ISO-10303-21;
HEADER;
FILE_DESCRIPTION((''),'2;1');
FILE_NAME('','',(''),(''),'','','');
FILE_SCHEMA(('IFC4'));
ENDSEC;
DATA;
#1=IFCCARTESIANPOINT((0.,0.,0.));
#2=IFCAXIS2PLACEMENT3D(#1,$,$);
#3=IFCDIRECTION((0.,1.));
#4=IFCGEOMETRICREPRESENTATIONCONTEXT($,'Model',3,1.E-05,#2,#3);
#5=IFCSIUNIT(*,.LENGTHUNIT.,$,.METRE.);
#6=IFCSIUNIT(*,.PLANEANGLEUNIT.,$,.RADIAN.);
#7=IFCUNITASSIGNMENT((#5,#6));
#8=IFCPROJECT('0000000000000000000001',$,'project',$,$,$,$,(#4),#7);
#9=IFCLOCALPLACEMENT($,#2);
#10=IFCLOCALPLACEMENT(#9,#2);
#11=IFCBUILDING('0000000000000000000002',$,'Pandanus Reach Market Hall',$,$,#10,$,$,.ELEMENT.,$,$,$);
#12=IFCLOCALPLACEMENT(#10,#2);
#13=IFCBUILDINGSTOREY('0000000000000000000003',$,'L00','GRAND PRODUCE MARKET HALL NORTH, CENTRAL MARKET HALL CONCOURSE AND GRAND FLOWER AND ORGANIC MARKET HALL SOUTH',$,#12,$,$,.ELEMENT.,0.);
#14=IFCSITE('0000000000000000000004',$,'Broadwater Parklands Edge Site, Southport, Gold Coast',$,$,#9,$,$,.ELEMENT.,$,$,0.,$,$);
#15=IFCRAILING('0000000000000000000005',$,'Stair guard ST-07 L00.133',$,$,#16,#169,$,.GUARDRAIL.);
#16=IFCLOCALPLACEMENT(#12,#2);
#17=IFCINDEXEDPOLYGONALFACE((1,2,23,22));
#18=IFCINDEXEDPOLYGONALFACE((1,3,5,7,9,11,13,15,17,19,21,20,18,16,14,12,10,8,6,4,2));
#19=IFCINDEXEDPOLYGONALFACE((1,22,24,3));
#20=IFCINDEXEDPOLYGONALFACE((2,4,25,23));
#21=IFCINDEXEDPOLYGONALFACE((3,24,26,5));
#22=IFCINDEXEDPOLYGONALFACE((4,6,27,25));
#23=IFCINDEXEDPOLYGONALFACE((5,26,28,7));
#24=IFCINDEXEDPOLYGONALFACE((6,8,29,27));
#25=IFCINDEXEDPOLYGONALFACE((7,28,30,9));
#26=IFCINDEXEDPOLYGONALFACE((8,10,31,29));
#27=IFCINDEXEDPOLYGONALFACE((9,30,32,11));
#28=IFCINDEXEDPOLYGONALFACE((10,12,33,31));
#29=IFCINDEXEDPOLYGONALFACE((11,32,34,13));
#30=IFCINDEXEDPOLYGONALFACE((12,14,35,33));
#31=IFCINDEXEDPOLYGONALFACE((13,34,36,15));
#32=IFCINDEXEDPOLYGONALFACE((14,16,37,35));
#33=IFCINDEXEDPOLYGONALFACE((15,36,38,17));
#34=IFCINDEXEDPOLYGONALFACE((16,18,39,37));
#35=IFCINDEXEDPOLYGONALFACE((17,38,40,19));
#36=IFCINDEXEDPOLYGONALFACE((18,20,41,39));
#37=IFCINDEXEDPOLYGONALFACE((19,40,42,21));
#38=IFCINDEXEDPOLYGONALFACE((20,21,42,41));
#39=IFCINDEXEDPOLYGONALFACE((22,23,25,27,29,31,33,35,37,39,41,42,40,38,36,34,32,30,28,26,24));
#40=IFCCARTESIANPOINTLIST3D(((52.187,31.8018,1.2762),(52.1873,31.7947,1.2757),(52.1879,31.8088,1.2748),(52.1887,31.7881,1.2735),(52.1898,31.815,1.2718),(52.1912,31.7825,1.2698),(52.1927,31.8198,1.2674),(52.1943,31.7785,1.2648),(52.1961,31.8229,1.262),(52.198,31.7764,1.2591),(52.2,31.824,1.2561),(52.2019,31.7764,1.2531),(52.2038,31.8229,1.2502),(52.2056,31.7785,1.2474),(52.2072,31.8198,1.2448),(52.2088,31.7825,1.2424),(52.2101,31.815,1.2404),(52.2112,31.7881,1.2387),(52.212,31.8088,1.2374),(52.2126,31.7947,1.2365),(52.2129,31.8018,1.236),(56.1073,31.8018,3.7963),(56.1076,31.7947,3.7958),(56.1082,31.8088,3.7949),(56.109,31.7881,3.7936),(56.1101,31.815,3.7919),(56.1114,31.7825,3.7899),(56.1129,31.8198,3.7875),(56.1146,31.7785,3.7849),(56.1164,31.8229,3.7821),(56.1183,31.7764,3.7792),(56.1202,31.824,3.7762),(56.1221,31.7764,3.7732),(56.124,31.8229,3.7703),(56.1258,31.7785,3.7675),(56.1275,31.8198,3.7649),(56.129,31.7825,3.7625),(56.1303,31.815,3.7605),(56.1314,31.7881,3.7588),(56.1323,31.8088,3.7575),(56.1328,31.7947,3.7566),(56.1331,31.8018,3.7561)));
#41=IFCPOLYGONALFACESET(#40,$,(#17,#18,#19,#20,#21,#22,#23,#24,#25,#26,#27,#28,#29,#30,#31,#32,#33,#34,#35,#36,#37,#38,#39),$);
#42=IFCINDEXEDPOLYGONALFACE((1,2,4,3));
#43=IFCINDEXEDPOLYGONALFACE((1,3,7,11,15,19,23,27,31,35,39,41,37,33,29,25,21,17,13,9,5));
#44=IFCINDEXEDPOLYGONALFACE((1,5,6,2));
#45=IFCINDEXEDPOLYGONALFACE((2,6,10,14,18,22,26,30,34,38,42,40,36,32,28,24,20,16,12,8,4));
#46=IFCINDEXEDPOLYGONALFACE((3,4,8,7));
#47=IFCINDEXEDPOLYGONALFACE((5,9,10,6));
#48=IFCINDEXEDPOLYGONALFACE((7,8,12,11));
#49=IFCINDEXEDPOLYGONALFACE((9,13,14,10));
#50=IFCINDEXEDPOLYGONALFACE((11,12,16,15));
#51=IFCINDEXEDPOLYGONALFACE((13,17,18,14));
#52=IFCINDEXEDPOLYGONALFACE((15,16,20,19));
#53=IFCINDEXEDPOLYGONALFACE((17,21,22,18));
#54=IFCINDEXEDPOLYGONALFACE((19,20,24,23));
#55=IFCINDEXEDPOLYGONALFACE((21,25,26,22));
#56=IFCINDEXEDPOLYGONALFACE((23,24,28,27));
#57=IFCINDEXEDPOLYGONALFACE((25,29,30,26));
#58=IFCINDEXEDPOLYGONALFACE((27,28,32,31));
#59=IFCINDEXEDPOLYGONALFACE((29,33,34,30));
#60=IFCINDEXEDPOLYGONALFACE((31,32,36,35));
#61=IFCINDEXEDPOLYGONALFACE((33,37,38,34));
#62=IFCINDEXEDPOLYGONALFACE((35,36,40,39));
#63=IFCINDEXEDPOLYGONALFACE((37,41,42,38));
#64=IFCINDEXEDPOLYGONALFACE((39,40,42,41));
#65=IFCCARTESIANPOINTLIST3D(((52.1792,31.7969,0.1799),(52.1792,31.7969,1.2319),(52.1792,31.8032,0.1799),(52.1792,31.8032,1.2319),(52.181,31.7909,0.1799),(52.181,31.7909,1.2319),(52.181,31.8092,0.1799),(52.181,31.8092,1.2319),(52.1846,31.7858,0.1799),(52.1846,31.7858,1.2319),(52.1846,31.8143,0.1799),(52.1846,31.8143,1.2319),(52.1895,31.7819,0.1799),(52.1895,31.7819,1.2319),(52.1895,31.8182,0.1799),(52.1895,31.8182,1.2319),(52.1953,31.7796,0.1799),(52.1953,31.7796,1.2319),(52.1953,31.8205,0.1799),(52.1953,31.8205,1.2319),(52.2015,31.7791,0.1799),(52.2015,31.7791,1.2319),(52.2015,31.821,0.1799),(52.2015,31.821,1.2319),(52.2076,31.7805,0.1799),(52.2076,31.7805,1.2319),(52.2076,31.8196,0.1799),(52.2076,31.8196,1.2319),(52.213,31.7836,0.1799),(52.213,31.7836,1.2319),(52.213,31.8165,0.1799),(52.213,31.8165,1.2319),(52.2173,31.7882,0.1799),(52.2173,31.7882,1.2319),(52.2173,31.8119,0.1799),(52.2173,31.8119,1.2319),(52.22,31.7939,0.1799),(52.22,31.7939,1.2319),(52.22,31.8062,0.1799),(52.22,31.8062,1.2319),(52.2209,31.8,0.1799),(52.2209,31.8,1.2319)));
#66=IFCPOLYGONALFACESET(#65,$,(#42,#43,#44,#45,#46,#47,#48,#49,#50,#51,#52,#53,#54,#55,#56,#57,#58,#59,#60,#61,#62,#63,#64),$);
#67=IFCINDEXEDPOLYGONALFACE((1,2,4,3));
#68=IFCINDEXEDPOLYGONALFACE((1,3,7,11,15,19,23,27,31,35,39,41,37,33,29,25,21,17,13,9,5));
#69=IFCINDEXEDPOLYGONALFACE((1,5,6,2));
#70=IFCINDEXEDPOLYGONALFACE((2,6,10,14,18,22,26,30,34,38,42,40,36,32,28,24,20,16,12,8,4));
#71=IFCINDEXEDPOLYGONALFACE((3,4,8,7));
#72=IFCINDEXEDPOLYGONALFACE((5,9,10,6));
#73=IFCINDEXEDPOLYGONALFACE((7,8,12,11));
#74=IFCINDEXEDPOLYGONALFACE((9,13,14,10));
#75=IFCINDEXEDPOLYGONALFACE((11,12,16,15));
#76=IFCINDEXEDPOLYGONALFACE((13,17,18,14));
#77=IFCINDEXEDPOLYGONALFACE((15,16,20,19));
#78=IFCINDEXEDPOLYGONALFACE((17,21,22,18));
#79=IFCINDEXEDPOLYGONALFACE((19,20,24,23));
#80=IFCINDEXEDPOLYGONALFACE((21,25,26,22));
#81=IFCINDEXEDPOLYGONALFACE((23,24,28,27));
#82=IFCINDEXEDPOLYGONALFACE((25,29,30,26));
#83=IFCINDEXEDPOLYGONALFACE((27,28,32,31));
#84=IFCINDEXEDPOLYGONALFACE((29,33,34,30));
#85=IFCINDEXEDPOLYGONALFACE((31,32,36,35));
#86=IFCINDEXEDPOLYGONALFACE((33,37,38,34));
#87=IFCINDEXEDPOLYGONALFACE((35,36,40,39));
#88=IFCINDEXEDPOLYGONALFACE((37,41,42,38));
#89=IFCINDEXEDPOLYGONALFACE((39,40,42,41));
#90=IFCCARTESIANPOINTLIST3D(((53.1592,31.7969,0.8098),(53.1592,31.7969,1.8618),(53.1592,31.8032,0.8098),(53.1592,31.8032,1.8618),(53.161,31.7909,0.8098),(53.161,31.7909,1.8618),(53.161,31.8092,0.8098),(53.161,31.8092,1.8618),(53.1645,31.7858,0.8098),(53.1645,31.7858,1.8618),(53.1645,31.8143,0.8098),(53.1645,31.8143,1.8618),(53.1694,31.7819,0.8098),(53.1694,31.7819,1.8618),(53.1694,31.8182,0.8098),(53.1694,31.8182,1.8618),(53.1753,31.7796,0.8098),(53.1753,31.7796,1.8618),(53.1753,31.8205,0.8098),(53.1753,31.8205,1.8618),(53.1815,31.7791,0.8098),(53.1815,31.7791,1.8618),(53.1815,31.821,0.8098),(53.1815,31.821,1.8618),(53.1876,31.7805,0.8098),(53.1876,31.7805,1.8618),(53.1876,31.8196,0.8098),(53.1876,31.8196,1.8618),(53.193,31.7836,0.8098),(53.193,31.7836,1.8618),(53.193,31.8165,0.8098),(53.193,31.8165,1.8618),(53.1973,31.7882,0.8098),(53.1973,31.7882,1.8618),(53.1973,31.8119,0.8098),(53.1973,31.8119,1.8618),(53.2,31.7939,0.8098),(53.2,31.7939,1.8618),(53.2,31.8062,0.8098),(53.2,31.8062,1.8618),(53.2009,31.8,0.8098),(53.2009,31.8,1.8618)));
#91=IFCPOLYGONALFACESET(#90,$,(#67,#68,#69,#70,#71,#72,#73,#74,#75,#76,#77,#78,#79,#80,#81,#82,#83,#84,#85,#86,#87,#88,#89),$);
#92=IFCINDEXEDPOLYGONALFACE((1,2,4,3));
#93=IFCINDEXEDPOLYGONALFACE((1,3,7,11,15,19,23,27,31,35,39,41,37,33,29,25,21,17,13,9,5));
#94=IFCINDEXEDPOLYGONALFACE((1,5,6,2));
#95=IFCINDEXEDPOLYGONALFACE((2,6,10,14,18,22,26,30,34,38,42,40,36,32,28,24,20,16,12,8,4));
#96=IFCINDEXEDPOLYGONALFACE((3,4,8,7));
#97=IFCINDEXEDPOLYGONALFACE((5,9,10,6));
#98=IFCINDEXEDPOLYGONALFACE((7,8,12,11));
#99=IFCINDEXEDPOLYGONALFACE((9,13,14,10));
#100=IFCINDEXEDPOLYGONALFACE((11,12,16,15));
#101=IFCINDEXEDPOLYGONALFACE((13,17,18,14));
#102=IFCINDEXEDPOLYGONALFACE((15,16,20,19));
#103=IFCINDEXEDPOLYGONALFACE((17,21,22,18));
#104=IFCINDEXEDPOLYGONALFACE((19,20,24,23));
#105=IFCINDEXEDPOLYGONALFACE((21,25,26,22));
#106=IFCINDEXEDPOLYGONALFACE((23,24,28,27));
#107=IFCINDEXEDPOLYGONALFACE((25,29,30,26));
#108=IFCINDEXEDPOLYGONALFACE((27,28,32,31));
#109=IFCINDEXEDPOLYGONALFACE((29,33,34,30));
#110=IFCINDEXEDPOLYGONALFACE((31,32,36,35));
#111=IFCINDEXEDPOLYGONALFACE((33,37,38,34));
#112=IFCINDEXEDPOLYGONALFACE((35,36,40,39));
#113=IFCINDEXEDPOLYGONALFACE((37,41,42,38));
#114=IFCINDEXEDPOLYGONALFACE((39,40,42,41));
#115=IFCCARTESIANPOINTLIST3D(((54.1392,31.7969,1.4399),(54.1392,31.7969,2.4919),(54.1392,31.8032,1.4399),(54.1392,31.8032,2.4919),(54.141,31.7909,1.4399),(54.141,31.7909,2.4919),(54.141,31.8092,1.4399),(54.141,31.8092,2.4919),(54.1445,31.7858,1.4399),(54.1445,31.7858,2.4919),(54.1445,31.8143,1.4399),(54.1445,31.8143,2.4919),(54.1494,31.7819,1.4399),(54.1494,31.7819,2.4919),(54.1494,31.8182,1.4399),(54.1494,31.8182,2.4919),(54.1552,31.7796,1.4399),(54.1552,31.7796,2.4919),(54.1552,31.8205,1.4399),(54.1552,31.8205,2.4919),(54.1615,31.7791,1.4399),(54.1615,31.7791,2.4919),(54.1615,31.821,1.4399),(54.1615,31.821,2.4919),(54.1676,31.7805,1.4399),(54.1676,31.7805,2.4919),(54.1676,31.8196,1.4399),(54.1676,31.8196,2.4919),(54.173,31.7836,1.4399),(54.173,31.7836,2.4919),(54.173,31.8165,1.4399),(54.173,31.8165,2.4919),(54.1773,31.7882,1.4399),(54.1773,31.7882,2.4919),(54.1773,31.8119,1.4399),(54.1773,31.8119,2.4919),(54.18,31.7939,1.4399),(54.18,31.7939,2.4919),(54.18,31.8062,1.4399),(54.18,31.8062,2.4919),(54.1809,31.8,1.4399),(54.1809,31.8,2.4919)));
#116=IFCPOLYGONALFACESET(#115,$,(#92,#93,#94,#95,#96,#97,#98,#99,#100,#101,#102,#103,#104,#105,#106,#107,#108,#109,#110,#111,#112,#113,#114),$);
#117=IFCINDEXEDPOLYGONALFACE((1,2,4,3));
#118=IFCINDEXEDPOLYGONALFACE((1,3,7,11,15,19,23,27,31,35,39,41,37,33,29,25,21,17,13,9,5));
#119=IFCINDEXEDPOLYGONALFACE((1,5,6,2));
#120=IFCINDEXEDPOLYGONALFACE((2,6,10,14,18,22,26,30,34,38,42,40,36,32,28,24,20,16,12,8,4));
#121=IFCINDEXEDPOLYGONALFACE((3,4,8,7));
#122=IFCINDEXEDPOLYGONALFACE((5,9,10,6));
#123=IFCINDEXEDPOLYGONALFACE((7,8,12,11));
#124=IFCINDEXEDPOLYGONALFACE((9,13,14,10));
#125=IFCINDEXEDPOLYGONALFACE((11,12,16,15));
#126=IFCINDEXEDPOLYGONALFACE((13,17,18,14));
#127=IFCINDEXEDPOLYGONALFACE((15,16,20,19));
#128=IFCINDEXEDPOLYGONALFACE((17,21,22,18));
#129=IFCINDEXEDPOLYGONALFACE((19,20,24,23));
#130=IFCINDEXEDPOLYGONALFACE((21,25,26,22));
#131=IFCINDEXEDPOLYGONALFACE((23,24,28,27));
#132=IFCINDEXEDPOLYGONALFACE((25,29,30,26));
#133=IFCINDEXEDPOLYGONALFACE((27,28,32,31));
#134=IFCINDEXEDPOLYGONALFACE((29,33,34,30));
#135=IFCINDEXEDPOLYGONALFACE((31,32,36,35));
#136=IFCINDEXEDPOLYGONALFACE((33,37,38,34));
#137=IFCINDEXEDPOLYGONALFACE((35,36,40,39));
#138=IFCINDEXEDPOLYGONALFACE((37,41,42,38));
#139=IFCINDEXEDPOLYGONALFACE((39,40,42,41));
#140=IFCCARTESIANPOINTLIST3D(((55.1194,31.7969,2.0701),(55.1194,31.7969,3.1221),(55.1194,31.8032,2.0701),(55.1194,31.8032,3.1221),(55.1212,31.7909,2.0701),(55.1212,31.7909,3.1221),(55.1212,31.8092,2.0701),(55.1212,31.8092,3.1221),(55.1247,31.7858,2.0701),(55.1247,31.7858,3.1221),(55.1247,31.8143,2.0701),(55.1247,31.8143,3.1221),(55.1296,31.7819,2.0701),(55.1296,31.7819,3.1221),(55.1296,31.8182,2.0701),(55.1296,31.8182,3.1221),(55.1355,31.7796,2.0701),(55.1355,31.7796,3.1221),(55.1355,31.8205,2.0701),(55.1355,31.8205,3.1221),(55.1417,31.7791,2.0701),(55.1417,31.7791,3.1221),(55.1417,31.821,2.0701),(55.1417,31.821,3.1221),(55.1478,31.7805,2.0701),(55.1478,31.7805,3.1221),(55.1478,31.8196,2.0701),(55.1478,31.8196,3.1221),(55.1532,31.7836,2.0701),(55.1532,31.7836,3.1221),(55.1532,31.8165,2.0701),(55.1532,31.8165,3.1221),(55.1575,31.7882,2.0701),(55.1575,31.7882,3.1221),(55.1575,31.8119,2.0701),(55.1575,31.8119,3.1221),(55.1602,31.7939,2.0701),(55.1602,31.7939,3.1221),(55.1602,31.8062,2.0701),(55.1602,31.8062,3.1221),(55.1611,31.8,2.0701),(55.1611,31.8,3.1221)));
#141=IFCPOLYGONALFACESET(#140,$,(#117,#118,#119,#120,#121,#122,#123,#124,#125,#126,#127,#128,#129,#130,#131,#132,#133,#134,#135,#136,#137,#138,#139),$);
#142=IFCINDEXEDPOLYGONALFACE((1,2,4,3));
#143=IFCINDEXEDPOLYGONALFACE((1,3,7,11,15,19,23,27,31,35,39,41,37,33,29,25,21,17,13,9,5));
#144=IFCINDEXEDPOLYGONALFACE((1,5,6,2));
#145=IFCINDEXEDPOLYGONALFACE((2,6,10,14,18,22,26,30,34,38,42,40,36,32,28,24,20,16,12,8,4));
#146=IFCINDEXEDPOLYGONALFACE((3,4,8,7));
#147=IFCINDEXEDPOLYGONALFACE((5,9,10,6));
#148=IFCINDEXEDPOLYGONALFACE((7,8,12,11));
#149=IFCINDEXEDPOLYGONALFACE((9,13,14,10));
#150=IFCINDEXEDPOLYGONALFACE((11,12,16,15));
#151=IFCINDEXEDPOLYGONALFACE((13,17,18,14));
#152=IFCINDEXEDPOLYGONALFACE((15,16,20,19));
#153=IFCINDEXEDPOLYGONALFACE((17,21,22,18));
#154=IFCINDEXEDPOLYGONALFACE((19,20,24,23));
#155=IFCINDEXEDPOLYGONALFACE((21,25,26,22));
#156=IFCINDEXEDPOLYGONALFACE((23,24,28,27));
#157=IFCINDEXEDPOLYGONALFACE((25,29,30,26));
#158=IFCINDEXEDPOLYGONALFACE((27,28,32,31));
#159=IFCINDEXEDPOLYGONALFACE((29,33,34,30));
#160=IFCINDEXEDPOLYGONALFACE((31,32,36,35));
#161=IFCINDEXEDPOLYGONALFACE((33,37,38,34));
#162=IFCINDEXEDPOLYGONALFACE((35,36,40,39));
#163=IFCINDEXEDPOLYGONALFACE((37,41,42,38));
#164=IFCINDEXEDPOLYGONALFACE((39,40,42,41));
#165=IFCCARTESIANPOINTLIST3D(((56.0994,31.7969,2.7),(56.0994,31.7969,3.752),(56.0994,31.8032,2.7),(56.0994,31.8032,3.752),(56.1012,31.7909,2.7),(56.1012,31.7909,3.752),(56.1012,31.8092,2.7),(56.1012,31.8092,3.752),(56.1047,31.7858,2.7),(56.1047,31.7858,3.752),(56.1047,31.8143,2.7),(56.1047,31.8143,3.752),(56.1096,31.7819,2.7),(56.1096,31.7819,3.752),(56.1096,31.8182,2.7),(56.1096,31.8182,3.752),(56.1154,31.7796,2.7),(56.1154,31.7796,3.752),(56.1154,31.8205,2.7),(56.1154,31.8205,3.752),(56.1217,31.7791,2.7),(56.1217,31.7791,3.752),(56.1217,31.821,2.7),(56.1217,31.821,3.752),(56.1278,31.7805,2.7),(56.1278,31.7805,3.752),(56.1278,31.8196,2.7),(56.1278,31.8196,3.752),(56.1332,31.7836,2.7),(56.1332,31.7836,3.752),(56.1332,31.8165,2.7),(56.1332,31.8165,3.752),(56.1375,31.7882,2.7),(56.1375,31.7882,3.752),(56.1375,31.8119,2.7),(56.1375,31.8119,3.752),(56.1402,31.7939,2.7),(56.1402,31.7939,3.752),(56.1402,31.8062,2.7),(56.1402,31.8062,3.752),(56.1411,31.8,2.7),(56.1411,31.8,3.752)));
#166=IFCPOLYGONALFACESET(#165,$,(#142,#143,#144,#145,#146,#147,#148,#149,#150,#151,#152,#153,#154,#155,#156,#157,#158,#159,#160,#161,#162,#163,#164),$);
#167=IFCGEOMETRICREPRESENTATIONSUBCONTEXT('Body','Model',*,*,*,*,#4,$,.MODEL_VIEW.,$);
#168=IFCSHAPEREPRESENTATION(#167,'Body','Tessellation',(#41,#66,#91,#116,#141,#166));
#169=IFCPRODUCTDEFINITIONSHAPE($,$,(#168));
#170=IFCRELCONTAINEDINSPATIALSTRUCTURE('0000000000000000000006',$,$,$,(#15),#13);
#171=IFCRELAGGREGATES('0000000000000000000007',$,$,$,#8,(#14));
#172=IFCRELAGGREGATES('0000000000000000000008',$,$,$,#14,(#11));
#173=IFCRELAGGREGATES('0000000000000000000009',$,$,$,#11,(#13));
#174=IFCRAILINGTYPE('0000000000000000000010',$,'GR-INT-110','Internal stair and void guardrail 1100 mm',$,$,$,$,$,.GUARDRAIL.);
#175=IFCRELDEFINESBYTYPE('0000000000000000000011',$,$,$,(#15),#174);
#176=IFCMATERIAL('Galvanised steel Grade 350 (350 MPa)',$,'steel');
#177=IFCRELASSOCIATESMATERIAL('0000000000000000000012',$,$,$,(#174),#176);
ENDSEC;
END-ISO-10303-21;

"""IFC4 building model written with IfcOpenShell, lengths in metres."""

from ifc_helpers import new_model, si_unit, direction, frame, origin, origin_2d, place, context, subcontext, project, spatial, circle, extrude, material, type_object, element, save


model = new_model("IFC4")

# Units and contexts
model_context = context("Model", 3, precision=1e-05, world=origin(), true_north=direction((0.0, 1.0)))
body_context = subcontext(model_context, "Body", "Model", "MODEL_VIEW")
ifc_project = project(units=[si_unit("LENGTHUNIT", "METRE"), si_unit("PLANEANGLEUNIT", "RADIAN")], contexts=[model_context])

# Site, building, storey
site_placement = place(None, origin())
site = spatial("IfcSite", under=ifc_project, at=site_placement, Name="Broadwater Parklands Edge Site, Southport, Gold Coast", CompositionType="ELEMENT", RefElevation=0.0)
building_placement = place(site_placement, origin())
building = spatial("IfcBuilding", under=site, at=building_placement, Name="Pandanus Reach Market Hall", CompositionType="ELEMENT")
storey_placement = place(building_placement, origin())
storey = spatial("IfcBuildingStorey", under=building, at=storey_placement, Name="L00", Description="GRAND PRODUCE MARKET HALL NORTH, CENTRAL MARKET HALL CONCOURSE AND GRAND FLOWER AND ORGANIC MARKET HALL SOUTH", CompositionType="ELEMENT", Elevation=0.0)

# Railing
ifc_material_1 = material(Name="Galvanised steel Grade 350 (350 MPa)", Category="steel")
railing_type_1 = type_object("IfcRailingType", Name="GR-INT-110", Description="Internal stair and void guardrail 1100 mm", PredefinedType="GUARDRAIL", material=ifc_material_1)
railing_1_placement = place(storey_placement, frame((52.2, 31.8, 0.1799)))
element("IfcRailing", 1, at=railing_1_placement, inside=storey, type_object=railing_type_1, Name="Stair guard ST-07 L00.133", PredefinedType="GUARDRAIL", context=body_context, shape_type="SweptSolid", body=[
    extrude(circle(Radius=0.0239, at=origin_2d()), frame((0.0, 0.0, 1.0762), z_axis=(0.841187, 0.0, 0.540744), x_axis=(0.0, 1.0, 0.0)), (0.0, 0.0, 1.0), 4.6604),
    extrude(circle(Radius=0.021, at=origin_2d()), origin(), (0.0, 0.0, 1.0), 1.052),
    extrude(circle(Radius=0.021, at=origin_2d()), frame((0.98, 0.0, 0.6299)), (0.0, 0.0, 1.0), 1.052),
    extrude(circle(Radius=0.021, at=origin_2d()), frame((1.96, 0.0, 1.26)), (0.0, 0.0, 1.0), 1.052),
    extrude(circle(Radius=0.021, at=origin_2d()), frame((2.9402, 0.0, 1.8901)), (0.0, 0.0, 1.0), 1.052),
    extrude(circle(Radius=0.021, at=origin_2d()), frame((3.9202, 0.0, 2.52)), (0.0, 0.0, 1.0), 1.052),
])

save(model, "model.ifc")
